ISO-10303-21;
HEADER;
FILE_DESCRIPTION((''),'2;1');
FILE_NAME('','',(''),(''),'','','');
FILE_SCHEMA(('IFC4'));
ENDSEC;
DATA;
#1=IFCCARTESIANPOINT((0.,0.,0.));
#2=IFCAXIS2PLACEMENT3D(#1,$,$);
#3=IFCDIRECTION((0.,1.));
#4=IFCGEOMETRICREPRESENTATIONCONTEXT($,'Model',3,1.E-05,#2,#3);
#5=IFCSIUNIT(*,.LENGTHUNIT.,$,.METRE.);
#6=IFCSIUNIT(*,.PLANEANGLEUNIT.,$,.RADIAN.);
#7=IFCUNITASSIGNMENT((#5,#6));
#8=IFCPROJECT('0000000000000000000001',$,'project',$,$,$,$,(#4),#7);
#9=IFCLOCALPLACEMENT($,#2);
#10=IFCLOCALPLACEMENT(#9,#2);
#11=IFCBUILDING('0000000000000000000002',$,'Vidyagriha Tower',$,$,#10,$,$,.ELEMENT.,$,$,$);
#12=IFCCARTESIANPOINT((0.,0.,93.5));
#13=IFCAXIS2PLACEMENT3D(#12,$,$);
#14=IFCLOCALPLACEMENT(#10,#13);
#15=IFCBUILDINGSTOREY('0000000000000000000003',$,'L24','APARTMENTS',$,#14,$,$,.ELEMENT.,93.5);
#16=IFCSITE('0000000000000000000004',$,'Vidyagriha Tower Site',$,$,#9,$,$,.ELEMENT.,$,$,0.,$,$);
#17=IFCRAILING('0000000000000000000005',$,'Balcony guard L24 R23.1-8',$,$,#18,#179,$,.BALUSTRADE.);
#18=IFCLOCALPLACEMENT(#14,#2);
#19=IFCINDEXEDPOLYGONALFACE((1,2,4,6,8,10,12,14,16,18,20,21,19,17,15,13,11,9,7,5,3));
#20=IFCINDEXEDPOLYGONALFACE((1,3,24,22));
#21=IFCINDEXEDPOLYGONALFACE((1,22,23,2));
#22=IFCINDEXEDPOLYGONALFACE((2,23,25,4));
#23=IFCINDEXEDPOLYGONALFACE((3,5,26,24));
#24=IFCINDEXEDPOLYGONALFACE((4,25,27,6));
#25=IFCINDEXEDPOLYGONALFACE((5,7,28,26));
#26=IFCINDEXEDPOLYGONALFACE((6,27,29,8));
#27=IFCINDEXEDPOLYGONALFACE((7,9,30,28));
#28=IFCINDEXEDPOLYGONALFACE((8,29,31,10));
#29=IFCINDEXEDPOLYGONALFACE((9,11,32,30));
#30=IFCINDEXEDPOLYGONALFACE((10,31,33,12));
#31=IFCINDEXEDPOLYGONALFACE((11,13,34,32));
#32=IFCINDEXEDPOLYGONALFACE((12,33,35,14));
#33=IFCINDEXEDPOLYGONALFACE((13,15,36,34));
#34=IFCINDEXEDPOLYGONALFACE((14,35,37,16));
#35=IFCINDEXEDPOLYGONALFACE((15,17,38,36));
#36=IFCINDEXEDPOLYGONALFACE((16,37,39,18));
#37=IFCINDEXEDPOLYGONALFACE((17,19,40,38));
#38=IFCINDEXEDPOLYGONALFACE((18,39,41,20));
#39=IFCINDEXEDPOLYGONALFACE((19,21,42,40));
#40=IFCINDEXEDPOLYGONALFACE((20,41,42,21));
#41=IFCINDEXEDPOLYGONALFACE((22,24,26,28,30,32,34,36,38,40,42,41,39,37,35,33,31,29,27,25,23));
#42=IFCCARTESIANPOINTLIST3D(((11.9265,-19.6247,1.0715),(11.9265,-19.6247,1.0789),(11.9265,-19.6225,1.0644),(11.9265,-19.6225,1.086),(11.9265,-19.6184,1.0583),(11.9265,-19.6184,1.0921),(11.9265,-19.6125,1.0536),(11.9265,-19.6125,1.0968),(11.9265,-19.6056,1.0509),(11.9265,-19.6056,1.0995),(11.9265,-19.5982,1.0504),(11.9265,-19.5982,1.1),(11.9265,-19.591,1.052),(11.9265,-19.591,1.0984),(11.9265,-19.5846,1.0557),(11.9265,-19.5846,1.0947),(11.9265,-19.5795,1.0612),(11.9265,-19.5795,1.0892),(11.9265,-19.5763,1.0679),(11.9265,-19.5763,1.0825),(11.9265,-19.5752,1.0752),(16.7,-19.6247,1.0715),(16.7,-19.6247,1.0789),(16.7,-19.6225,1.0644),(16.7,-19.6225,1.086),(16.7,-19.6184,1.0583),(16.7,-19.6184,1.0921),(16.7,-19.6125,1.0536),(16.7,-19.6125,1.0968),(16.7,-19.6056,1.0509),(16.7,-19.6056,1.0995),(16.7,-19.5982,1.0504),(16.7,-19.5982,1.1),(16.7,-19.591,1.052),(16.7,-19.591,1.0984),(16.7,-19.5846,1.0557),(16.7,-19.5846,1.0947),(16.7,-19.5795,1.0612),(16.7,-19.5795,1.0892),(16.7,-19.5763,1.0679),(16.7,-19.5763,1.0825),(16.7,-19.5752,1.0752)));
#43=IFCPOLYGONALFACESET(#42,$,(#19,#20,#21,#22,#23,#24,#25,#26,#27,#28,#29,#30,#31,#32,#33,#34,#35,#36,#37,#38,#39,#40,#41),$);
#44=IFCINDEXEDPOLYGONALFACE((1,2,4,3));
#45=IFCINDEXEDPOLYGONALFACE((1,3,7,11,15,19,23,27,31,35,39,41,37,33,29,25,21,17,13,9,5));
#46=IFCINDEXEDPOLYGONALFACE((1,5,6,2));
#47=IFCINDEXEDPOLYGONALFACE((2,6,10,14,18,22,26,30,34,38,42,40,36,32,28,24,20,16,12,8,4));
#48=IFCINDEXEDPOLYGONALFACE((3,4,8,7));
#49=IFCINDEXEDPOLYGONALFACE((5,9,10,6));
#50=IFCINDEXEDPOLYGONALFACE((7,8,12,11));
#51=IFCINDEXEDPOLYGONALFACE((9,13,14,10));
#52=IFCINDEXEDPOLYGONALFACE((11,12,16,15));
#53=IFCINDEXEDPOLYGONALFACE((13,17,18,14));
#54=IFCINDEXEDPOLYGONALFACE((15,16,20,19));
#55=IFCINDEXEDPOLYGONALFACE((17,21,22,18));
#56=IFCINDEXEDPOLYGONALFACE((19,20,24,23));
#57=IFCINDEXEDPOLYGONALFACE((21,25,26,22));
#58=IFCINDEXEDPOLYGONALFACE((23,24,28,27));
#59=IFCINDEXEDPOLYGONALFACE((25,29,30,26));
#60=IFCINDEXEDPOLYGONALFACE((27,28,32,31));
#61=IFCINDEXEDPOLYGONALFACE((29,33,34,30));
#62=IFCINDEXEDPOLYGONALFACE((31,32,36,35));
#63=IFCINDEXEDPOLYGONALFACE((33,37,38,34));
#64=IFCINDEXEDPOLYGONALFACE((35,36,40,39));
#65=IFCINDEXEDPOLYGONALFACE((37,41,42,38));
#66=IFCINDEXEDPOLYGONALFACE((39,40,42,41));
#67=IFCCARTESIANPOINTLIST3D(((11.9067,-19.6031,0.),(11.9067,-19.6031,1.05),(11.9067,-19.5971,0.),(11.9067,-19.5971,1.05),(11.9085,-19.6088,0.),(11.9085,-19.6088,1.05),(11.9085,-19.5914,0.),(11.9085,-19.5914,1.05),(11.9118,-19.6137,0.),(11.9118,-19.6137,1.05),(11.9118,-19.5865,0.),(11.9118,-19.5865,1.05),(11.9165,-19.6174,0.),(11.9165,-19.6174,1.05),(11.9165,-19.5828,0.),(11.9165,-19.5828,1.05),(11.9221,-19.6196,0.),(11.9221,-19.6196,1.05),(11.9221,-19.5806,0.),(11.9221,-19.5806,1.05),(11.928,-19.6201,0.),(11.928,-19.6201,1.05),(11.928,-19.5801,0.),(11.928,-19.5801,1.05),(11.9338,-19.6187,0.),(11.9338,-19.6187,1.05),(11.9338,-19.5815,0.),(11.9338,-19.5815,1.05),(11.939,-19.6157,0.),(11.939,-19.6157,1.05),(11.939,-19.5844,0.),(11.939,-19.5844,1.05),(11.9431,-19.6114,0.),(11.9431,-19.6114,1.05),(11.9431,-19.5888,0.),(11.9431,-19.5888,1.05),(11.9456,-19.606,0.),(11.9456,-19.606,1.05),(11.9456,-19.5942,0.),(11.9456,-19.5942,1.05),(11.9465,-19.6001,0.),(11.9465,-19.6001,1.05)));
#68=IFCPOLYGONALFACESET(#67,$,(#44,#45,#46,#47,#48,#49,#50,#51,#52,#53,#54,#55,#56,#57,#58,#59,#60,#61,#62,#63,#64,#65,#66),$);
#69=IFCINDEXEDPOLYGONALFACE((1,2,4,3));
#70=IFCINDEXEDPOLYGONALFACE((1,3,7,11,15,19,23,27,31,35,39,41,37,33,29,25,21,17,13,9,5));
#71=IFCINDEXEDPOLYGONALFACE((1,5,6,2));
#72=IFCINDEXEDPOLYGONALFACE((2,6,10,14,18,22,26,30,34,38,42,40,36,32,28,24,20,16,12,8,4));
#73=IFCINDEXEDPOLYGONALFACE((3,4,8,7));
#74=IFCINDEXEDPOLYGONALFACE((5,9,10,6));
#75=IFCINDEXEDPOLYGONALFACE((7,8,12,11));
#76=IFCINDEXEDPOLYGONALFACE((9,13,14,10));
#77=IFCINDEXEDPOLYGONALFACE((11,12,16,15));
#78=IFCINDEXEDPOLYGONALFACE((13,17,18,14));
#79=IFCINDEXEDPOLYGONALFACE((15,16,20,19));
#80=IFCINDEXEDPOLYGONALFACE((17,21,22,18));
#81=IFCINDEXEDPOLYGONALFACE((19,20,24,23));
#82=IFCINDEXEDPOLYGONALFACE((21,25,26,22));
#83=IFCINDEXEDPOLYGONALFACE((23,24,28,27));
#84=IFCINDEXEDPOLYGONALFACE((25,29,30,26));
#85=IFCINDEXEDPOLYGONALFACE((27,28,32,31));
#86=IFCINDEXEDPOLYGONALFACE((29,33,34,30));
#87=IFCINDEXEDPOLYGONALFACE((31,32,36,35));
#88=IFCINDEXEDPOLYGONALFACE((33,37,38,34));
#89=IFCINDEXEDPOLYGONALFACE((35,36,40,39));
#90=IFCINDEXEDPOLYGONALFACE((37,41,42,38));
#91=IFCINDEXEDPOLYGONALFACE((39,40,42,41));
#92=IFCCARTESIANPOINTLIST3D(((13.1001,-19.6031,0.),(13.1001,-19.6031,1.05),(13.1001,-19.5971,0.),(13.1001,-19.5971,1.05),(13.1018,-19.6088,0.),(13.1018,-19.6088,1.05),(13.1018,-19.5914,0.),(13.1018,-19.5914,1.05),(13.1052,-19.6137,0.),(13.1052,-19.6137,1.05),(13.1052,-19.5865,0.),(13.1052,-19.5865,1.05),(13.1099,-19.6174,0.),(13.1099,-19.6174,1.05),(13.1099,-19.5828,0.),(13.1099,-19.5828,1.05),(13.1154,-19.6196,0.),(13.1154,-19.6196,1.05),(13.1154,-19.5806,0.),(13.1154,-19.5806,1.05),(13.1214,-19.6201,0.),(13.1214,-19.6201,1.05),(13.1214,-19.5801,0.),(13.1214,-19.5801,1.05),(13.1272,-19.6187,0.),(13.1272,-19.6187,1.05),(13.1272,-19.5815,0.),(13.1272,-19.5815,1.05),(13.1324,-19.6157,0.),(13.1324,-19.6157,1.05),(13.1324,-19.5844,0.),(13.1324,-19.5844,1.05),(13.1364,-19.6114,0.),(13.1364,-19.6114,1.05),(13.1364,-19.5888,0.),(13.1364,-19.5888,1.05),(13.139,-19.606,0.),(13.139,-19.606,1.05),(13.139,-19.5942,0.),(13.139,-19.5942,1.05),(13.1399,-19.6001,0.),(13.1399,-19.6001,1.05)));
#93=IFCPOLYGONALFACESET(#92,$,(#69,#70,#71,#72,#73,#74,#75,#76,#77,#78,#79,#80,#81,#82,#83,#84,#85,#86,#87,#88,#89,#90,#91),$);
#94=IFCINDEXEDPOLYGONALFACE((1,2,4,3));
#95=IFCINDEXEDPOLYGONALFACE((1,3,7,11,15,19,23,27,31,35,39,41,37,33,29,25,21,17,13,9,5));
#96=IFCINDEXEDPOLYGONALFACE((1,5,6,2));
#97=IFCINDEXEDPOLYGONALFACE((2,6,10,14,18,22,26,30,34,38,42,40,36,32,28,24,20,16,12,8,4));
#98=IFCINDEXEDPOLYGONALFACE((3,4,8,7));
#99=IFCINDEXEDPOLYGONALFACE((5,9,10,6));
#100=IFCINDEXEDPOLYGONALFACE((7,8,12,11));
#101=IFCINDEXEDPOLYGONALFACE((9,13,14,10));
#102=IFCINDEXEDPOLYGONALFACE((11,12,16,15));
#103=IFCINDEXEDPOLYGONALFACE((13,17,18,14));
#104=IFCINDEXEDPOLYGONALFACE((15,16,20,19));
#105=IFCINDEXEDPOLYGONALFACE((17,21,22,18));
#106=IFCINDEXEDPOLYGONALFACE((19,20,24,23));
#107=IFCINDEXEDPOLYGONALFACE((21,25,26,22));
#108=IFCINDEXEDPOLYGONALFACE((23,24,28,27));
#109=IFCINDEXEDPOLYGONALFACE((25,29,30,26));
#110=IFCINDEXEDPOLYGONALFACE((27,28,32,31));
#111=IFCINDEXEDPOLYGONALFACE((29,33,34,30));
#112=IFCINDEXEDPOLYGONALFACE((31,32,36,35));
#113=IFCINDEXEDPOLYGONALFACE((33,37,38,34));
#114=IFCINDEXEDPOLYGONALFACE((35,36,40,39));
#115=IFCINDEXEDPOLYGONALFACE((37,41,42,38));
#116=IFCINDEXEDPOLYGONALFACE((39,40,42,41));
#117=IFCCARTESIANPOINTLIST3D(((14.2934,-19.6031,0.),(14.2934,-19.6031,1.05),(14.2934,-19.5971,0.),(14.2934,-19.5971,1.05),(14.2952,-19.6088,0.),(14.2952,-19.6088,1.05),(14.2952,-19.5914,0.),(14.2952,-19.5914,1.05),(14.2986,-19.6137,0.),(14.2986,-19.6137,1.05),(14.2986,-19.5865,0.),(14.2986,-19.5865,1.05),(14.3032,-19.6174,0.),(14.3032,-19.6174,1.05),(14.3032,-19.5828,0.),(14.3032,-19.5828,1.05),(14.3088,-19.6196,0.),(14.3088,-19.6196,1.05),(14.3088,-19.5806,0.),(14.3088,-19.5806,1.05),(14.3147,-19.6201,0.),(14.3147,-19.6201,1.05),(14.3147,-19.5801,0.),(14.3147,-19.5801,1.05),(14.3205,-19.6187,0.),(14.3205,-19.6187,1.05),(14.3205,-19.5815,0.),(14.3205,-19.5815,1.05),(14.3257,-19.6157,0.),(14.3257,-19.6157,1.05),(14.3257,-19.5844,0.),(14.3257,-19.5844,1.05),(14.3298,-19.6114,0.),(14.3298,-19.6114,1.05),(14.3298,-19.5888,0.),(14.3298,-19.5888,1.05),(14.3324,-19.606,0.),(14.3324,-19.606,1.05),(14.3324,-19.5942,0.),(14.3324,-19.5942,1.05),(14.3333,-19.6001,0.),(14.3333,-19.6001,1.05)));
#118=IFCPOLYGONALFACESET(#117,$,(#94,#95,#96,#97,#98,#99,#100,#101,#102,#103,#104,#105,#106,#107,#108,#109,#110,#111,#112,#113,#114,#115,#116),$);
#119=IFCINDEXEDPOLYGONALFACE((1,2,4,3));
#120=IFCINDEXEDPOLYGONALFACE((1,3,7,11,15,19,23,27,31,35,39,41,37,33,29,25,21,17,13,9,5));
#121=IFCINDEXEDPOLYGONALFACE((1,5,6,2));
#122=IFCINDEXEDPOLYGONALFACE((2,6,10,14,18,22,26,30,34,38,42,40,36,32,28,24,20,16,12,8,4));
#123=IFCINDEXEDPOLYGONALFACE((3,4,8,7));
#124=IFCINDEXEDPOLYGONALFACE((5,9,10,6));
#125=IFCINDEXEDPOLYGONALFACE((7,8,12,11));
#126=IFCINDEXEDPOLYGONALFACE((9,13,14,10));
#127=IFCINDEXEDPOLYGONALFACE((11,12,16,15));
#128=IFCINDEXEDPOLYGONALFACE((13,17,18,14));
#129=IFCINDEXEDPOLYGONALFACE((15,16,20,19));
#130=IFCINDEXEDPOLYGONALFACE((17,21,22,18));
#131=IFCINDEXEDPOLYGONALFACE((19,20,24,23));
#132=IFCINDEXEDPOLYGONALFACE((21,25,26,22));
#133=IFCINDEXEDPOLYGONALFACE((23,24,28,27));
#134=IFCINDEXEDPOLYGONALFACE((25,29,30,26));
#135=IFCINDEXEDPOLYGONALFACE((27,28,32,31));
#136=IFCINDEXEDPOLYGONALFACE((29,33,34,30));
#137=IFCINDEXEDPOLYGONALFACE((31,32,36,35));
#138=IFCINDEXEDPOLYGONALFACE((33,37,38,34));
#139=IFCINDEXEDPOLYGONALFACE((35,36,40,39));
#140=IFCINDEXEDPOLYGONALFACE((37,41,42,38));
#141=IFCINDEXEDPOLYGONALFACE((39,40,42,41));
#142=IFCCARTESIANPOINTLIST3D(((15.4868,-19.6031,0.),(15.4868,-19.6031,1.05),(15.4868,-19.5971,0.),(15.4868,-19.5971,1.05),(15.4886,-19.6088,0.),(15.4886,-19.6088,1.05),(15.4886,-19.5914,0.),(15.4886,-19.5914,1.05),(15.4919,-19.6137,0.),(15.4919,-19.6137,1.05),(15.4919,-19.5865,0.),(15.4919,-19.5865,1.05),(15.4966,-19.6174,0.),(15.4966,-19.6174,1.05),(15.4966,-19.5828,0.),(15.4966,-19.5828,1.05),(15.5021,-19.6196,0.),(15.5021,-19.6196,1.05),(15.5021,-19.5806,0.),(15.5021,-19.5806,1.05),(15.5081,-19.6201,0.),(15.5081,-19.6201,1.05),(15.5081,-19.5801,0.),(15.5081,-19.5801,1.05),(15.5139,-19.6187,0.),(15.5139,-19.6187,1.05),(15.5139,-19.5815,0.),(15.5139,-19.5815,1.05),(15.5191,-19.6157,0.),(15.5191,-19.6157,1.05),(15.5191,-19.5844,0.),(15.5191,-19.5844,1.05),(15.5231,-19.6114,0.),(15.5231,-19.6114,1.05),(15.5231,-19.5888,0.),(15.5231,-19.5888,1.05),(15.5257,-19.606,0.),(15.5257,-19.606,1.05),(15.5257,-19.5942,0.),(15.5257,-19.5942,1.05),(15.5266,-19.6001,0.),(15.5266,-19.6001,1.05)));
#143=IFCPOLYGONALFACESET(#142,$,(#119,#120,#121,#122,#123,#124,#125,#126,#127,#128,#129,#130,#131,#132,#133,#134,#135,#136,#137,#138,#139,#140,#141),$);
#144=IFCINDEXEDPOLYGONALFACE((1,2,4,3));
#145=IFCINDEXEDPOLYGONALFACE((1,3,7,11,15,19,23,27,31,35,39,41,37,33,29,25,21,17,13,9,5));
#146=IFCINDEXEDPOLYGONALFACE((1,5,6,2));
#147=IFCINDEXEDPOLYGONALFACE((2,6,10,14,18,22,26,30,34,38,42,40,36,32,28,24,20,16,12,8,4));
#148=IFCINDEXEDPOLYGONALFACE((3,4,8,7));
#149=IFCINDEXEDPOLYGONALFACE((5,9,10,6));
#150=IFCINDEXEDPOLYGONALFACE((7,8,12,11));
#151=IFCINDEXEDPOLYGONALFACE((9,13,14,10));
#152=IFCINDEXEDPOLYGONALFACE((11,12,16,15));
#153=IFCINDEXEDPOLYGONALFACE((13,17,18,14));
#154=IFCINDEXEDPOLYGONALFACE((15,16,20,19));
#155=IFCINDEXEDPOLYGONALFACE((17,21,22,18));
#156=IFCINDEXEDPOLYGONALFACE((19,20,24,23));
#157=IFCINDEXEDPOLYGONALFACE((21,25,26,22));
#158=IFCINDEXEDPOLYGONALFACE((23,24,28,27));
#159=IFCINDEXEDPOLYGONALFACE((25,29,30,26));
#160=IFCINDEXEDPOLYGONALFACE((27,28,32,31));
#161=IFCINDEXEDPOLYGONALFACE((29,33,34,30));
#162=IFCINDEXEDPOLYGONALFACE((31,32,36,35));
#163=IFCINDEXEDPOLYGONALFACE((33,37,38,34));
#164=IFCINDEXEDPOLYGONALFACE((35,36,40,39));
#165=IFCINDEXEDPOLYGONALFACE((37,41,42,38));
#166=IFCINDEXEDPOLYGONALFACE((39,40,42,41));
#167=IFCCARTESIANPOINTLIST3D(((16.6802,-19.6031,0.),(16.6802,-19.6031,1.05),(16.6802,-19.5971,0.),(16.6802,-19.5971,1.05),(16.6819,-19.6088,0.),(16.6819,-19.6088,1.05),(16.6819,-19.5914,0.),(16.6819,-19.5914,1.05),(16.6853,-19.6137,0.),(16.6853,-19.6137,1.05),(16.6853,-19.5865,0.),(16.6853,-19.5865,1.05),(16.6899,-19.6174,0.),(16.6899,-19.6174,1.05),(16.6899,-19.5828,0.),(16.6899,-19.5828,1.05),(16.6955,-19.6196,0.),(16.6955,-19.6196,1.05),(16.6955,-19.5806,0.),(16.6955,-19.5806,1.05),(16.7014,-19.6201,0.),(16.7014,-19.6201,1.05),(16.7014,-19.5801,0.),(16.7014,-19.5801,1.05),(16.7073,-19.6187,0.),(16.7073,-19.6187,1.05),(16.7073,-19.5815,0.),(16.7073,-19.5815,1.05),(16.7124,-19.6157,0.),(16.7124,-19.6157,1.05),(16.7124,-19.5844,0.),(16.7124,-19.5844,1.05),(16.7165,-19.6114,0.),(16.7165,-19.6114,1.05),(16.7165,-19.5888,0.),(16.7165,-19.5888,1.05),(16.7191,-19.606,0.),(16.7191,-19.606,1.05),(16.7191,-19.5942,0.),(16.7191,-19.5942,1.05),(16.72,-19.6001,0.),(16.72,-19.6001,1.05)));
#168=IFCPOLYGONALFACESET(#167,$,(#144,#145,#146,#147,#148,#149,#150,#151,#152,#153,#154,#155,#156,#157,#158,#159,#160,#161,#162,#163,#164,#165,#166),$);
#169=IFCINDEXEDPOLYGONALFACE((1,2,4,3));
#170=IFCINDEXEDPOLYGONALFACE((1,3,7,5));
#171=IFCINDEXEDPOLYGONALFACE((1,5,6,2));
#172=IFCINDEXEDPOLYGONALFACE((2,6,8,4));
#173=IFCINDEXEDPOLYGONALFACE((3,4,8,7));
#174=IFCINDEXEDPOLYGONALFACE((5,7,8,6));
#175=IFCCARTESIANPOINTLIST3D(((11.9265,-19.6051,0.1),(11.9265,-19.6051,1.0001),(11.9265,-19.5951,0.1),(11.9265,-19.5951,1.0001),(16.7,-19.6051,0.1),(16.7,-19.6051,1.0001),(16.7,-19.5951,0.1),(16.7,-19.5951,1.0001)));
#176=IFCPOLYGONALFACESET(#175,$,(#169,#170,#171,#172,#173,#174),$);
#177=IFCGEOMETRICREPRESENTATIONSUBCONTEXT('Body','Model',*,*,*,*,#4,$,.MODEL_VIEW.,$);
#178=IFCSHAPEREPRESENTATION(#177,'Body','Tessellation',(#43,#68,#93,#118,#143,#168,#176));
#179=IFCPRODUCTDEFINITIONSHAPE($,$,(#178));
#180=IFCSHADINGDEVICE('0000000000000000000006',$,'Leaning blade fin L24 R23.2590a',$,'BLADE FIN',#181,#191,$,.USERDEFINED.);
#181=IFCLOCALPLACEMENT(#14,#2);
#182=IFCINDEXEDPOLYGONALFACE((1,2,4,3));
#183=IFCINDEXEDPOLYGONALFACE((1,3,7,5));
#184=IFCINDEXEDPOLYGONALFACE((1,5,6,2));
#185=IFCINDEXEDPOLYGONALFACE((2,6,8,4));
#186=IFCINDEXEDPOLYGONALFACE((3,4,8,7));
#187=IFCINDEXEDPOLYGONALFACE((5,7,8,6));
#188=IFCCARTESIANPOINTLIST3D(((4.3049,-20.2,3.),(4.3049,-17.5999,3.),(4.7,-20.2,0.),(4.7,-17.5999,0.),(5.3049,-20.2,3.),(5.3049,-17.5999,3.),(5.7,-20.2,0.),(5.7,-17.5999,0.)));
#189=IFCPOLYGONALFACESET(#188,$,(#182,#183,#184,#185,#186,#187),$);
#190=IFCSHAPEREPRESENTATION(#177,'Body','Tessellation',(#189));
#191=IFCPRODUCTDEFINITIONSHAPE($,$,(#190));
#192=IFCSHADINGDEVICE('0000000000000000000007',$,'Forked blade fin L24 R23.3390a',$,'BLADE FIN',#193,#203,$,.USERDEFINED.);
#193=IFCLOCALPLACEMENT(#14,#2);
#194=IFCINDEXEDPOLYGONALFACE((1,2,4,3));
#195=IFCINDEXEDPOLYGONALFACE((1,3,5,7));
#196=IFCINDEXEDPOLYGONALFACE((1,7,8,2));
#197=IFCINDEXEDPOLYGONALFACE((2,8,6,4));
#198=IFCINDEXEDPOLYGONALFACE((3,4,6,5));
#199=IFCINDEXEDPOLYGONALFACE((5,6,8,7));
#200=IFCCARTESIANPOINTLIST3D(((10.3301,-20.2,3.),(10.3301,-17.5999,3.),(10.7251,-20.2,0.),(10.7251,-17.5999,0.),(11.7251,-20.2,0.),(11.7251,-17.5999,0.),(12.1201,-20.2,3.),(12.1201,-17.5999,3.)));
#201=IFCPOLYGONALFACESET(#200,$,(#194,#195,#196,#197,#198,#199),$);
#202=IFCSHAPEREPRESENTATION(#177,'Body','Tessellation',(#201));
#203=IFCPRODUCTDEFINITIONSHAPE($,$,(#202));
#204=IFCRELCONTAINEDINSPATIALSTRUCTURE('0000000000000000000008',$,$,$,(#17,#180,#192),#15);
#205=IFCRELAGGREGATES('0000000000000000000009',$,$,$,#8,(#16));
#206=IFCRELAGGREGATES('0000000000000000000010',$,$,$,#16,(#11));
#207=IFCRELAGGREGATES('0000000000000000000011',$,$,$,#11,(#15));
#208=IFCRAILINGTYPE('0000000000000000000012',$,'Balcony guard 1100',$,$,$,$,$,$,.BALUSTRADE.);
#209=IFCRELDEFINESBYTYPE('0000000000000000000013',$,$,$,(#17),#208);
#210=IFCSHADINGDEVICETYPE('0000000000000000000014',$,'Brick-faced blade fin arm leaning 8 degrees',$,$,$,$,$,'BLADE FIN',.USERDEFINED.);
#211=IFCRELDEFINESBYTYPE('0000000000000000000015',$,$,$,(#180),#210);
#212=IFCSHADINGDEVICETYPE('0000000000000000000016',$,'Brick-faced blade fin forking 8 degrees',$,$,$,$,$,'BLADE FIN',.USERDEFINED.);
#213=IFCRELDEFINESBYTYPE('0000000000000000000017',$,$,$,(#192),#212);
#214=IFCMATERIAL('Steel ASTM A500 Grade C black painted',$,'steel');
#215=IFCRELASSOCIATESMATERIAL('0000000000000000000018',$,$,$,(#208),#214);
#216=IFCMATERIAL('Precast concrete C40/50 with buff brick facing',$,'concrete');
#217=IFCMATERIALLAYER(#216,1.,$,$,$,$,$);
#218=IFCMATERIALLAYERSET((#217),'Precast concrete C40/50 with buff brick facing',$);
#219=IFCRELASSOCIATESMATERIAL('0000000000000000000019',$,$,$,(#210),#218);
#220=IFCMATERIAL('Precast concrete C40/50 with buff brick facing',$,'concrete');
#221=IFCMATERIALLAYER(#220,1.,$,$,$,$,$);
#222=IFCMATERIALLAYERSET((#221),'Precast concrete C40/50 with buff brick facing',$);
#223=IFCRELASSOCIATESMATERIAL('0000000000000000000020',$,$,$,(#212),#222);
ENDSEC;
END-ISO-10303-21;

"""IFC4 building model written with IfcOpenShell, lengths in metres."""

from ifc_helpers import new_model, si_unit, direction, frame, origin, origin_2d, place, context, subcontext, project, spatial, polyline, rectangle, circle, outline, extrude, material, layer, layer_set, type_object, element, save


model = new_model("IFC4")

# Units and contexts
model_context = context("Model", 3, precision=1e-05, world=origin(), true_north=direction((0.0, 1.0)))
body_context = subcontext(model_context, "Body", "Model", "MODEL_VIEW")
ifc_project = project(units=[si_unit("LENGTHUNIT", "METRE"), si_unit("PLANEANGLEUNIT", "RADIAN")], contexts=[model_context])

# Site, building, storey
site_placement = place(None, origin())
site = spatial("IfcSite", under=ifc_project, at=site_placement, Name="Vidyagriha Tower Site", CompositionType="ELEMENT", RefElevation=0.0)
building_placement = place(site_placement, origin())
building = spatial("IfcBuilding", under=site, at=building_placement, Name="Vidyagriha Tower", CompositionType="ELEMENT")
storey_placement = place(building_placement, frame((0.0, 0.0, 93.5)))
storey = spatial("IfcBuildingStorey", under=building, at=storey_placement, Name="L24", Description="APARTMENTS", CompositionType="ELEMENT", Elevation=93.5)

# Railing
ifc_material_1 = material(Name="Steel ASTM A500 Grade C black painted", Category="steel")
railing_type = type_object("IfcRailingType", Name="Balcony guard 1100", PredefinedType="BALUSTRADE", material=ifc_material_1)
railing_1_placement = place(storey_placement, frame((11.9265, -19.6001, 0.0)))
element("IfcRailing", 1, at=railing_1_placement, inside=storey, type_object=railing_type, Name="Balcony guard L24 R23.1-8", PredefinedType="BALUSTRADE", context=body_context, shape_type="SweptSolid", body=[
    extrude(circle(Radius=0.0249, at=origin_2d()), frame((0.0, 0.0, 1.0752), z_axis=(1.0, 0.0, 0.0), x_axis=(0.0, 1.0, 0.0)), (0.0, 0.0, 1.0), 4.7734),
    extrude(circle(Radius=0.02, at=origin_2d()), origin(), (0.0, 0.0, 1.0), 1.05),
    extrude(circle(Radius=0.02, at=origin_2d()), frame((1.1934, 0.0, 0.0)), (0.0, 0.0, 1.0), 1.05),
    extrude(circle(Radius=0.02, at=origin_2d()), frame((2.3867, 0.0, 0.0)), (0.0, 0.0, 1.0), 1.05),
    extrude(circle(Radius=0.02, at=origin_2d()), frame((3.5801, 0.0, 0.0)), (0.0, 0.0, 1.0), 1.05),
    extrude(circle(Radius=0.02, at=origin_2d()), frame((4.7734, 0.0, 0.0)), (0.0, 0.0, 1.0), 1.05),
    extrude(rectangle(XDim=0.01, YDim=0.9001, at=origin_2d()), frame((0.0, 0.0, 0.55), z_axis=(1.0, 0.0, 0.0), x_axis=(0.0, 1.0, 0.0)), (0.0, 0.0, 1.0), 4.7734),
])

# Shading devices
ifc_material_2 = material(Name="Precast concrete C40/50 with buff brick facing", Category="concrete")
ifc_layer_1 = layer(ifc_material_2, 1.0)
ifc_layer_set_1 = layer_set([ifc_layer_1], Name="Precast concrete C40/50 with buff brick facing")
shading_device_type_1 = type_object("IfcShadingDeviceType", Name="Brick-faced blade fin arm leaning 8 degrees", ElementType="BLADE FIN", PredefinedType="USERDEFINED", material=ifc_layer_set_1)
shading_device_1_placement = place(storey_placement, frame((4.3049, -18.8999, 0.0)))
element("IfcShadingDevice", 2, at=shading_device_1_placement, inside=storey, type_object=shading_device_type_1, Name="Leaning blade fin L24 R23.2590a", ObjectType="BLADE FIN", PredefinedType="USERDEFINED", context=body_context, shape_type="SweptSolid", body=[
    extrude(outline(polyline([(0.395, 0.0), (1.395, 0.0), (1.0, 3.0), (0.0, 3.0), (0.395, 0.0)])), frame((0.0, 1.3, 0.0), z_axis=(0.0, -1.0, 0.0), x_axis=(1.0, 0.0, 0.0)), (0.0, 0.0, 1.0), 2.6001),
])
ifc_material_3 = material(Name="Precast concrete C40/50 with buff brick facing", Category="concrete")
ifc_layer_2 = layer(ifc_material_3, 1.0)
ifc_layer_set_2 = layer_set([ifc_layer_2], Name="Precast concrete C40/50 with buff brick facing")
shading_device_type_2 = type_object("IfcShadingDeviceType", Name="Brick-faced blade fin forking 8 degrees", ElementType="BLADE FIN", PredefinedType="USERDEFINED", material=ifc_layer_set_2)
shading_device_2_placement = place(storey_placement, frame((10.3301, -18.8999, 0.0)))
element("IfcShadingDevice", 3, at=shading_device_2_placement, inside=storey, type_object=shading_device_type_2, Name="Forked blade fin L24 R23.3390a", ObjectType="BLADE FIN", PredefinedType="USERDEFINED", context=body_context, shape_type="SweptSolid", body=[
    extrude(outline(polyline([(0.395, 0.0), (1.395, 0.0), (1.79, 3.0), (0.0, 3.0), (0.395, 0.0)])), frame((0.0, 1.3, 0.0), z_axis=(0.0, -1.0, 0.0), x_axis=(1.0, 0.0, 0.0)), (0.0, 0.0, 1.0), 2.6001),
])

save(model, "model.ifc")
